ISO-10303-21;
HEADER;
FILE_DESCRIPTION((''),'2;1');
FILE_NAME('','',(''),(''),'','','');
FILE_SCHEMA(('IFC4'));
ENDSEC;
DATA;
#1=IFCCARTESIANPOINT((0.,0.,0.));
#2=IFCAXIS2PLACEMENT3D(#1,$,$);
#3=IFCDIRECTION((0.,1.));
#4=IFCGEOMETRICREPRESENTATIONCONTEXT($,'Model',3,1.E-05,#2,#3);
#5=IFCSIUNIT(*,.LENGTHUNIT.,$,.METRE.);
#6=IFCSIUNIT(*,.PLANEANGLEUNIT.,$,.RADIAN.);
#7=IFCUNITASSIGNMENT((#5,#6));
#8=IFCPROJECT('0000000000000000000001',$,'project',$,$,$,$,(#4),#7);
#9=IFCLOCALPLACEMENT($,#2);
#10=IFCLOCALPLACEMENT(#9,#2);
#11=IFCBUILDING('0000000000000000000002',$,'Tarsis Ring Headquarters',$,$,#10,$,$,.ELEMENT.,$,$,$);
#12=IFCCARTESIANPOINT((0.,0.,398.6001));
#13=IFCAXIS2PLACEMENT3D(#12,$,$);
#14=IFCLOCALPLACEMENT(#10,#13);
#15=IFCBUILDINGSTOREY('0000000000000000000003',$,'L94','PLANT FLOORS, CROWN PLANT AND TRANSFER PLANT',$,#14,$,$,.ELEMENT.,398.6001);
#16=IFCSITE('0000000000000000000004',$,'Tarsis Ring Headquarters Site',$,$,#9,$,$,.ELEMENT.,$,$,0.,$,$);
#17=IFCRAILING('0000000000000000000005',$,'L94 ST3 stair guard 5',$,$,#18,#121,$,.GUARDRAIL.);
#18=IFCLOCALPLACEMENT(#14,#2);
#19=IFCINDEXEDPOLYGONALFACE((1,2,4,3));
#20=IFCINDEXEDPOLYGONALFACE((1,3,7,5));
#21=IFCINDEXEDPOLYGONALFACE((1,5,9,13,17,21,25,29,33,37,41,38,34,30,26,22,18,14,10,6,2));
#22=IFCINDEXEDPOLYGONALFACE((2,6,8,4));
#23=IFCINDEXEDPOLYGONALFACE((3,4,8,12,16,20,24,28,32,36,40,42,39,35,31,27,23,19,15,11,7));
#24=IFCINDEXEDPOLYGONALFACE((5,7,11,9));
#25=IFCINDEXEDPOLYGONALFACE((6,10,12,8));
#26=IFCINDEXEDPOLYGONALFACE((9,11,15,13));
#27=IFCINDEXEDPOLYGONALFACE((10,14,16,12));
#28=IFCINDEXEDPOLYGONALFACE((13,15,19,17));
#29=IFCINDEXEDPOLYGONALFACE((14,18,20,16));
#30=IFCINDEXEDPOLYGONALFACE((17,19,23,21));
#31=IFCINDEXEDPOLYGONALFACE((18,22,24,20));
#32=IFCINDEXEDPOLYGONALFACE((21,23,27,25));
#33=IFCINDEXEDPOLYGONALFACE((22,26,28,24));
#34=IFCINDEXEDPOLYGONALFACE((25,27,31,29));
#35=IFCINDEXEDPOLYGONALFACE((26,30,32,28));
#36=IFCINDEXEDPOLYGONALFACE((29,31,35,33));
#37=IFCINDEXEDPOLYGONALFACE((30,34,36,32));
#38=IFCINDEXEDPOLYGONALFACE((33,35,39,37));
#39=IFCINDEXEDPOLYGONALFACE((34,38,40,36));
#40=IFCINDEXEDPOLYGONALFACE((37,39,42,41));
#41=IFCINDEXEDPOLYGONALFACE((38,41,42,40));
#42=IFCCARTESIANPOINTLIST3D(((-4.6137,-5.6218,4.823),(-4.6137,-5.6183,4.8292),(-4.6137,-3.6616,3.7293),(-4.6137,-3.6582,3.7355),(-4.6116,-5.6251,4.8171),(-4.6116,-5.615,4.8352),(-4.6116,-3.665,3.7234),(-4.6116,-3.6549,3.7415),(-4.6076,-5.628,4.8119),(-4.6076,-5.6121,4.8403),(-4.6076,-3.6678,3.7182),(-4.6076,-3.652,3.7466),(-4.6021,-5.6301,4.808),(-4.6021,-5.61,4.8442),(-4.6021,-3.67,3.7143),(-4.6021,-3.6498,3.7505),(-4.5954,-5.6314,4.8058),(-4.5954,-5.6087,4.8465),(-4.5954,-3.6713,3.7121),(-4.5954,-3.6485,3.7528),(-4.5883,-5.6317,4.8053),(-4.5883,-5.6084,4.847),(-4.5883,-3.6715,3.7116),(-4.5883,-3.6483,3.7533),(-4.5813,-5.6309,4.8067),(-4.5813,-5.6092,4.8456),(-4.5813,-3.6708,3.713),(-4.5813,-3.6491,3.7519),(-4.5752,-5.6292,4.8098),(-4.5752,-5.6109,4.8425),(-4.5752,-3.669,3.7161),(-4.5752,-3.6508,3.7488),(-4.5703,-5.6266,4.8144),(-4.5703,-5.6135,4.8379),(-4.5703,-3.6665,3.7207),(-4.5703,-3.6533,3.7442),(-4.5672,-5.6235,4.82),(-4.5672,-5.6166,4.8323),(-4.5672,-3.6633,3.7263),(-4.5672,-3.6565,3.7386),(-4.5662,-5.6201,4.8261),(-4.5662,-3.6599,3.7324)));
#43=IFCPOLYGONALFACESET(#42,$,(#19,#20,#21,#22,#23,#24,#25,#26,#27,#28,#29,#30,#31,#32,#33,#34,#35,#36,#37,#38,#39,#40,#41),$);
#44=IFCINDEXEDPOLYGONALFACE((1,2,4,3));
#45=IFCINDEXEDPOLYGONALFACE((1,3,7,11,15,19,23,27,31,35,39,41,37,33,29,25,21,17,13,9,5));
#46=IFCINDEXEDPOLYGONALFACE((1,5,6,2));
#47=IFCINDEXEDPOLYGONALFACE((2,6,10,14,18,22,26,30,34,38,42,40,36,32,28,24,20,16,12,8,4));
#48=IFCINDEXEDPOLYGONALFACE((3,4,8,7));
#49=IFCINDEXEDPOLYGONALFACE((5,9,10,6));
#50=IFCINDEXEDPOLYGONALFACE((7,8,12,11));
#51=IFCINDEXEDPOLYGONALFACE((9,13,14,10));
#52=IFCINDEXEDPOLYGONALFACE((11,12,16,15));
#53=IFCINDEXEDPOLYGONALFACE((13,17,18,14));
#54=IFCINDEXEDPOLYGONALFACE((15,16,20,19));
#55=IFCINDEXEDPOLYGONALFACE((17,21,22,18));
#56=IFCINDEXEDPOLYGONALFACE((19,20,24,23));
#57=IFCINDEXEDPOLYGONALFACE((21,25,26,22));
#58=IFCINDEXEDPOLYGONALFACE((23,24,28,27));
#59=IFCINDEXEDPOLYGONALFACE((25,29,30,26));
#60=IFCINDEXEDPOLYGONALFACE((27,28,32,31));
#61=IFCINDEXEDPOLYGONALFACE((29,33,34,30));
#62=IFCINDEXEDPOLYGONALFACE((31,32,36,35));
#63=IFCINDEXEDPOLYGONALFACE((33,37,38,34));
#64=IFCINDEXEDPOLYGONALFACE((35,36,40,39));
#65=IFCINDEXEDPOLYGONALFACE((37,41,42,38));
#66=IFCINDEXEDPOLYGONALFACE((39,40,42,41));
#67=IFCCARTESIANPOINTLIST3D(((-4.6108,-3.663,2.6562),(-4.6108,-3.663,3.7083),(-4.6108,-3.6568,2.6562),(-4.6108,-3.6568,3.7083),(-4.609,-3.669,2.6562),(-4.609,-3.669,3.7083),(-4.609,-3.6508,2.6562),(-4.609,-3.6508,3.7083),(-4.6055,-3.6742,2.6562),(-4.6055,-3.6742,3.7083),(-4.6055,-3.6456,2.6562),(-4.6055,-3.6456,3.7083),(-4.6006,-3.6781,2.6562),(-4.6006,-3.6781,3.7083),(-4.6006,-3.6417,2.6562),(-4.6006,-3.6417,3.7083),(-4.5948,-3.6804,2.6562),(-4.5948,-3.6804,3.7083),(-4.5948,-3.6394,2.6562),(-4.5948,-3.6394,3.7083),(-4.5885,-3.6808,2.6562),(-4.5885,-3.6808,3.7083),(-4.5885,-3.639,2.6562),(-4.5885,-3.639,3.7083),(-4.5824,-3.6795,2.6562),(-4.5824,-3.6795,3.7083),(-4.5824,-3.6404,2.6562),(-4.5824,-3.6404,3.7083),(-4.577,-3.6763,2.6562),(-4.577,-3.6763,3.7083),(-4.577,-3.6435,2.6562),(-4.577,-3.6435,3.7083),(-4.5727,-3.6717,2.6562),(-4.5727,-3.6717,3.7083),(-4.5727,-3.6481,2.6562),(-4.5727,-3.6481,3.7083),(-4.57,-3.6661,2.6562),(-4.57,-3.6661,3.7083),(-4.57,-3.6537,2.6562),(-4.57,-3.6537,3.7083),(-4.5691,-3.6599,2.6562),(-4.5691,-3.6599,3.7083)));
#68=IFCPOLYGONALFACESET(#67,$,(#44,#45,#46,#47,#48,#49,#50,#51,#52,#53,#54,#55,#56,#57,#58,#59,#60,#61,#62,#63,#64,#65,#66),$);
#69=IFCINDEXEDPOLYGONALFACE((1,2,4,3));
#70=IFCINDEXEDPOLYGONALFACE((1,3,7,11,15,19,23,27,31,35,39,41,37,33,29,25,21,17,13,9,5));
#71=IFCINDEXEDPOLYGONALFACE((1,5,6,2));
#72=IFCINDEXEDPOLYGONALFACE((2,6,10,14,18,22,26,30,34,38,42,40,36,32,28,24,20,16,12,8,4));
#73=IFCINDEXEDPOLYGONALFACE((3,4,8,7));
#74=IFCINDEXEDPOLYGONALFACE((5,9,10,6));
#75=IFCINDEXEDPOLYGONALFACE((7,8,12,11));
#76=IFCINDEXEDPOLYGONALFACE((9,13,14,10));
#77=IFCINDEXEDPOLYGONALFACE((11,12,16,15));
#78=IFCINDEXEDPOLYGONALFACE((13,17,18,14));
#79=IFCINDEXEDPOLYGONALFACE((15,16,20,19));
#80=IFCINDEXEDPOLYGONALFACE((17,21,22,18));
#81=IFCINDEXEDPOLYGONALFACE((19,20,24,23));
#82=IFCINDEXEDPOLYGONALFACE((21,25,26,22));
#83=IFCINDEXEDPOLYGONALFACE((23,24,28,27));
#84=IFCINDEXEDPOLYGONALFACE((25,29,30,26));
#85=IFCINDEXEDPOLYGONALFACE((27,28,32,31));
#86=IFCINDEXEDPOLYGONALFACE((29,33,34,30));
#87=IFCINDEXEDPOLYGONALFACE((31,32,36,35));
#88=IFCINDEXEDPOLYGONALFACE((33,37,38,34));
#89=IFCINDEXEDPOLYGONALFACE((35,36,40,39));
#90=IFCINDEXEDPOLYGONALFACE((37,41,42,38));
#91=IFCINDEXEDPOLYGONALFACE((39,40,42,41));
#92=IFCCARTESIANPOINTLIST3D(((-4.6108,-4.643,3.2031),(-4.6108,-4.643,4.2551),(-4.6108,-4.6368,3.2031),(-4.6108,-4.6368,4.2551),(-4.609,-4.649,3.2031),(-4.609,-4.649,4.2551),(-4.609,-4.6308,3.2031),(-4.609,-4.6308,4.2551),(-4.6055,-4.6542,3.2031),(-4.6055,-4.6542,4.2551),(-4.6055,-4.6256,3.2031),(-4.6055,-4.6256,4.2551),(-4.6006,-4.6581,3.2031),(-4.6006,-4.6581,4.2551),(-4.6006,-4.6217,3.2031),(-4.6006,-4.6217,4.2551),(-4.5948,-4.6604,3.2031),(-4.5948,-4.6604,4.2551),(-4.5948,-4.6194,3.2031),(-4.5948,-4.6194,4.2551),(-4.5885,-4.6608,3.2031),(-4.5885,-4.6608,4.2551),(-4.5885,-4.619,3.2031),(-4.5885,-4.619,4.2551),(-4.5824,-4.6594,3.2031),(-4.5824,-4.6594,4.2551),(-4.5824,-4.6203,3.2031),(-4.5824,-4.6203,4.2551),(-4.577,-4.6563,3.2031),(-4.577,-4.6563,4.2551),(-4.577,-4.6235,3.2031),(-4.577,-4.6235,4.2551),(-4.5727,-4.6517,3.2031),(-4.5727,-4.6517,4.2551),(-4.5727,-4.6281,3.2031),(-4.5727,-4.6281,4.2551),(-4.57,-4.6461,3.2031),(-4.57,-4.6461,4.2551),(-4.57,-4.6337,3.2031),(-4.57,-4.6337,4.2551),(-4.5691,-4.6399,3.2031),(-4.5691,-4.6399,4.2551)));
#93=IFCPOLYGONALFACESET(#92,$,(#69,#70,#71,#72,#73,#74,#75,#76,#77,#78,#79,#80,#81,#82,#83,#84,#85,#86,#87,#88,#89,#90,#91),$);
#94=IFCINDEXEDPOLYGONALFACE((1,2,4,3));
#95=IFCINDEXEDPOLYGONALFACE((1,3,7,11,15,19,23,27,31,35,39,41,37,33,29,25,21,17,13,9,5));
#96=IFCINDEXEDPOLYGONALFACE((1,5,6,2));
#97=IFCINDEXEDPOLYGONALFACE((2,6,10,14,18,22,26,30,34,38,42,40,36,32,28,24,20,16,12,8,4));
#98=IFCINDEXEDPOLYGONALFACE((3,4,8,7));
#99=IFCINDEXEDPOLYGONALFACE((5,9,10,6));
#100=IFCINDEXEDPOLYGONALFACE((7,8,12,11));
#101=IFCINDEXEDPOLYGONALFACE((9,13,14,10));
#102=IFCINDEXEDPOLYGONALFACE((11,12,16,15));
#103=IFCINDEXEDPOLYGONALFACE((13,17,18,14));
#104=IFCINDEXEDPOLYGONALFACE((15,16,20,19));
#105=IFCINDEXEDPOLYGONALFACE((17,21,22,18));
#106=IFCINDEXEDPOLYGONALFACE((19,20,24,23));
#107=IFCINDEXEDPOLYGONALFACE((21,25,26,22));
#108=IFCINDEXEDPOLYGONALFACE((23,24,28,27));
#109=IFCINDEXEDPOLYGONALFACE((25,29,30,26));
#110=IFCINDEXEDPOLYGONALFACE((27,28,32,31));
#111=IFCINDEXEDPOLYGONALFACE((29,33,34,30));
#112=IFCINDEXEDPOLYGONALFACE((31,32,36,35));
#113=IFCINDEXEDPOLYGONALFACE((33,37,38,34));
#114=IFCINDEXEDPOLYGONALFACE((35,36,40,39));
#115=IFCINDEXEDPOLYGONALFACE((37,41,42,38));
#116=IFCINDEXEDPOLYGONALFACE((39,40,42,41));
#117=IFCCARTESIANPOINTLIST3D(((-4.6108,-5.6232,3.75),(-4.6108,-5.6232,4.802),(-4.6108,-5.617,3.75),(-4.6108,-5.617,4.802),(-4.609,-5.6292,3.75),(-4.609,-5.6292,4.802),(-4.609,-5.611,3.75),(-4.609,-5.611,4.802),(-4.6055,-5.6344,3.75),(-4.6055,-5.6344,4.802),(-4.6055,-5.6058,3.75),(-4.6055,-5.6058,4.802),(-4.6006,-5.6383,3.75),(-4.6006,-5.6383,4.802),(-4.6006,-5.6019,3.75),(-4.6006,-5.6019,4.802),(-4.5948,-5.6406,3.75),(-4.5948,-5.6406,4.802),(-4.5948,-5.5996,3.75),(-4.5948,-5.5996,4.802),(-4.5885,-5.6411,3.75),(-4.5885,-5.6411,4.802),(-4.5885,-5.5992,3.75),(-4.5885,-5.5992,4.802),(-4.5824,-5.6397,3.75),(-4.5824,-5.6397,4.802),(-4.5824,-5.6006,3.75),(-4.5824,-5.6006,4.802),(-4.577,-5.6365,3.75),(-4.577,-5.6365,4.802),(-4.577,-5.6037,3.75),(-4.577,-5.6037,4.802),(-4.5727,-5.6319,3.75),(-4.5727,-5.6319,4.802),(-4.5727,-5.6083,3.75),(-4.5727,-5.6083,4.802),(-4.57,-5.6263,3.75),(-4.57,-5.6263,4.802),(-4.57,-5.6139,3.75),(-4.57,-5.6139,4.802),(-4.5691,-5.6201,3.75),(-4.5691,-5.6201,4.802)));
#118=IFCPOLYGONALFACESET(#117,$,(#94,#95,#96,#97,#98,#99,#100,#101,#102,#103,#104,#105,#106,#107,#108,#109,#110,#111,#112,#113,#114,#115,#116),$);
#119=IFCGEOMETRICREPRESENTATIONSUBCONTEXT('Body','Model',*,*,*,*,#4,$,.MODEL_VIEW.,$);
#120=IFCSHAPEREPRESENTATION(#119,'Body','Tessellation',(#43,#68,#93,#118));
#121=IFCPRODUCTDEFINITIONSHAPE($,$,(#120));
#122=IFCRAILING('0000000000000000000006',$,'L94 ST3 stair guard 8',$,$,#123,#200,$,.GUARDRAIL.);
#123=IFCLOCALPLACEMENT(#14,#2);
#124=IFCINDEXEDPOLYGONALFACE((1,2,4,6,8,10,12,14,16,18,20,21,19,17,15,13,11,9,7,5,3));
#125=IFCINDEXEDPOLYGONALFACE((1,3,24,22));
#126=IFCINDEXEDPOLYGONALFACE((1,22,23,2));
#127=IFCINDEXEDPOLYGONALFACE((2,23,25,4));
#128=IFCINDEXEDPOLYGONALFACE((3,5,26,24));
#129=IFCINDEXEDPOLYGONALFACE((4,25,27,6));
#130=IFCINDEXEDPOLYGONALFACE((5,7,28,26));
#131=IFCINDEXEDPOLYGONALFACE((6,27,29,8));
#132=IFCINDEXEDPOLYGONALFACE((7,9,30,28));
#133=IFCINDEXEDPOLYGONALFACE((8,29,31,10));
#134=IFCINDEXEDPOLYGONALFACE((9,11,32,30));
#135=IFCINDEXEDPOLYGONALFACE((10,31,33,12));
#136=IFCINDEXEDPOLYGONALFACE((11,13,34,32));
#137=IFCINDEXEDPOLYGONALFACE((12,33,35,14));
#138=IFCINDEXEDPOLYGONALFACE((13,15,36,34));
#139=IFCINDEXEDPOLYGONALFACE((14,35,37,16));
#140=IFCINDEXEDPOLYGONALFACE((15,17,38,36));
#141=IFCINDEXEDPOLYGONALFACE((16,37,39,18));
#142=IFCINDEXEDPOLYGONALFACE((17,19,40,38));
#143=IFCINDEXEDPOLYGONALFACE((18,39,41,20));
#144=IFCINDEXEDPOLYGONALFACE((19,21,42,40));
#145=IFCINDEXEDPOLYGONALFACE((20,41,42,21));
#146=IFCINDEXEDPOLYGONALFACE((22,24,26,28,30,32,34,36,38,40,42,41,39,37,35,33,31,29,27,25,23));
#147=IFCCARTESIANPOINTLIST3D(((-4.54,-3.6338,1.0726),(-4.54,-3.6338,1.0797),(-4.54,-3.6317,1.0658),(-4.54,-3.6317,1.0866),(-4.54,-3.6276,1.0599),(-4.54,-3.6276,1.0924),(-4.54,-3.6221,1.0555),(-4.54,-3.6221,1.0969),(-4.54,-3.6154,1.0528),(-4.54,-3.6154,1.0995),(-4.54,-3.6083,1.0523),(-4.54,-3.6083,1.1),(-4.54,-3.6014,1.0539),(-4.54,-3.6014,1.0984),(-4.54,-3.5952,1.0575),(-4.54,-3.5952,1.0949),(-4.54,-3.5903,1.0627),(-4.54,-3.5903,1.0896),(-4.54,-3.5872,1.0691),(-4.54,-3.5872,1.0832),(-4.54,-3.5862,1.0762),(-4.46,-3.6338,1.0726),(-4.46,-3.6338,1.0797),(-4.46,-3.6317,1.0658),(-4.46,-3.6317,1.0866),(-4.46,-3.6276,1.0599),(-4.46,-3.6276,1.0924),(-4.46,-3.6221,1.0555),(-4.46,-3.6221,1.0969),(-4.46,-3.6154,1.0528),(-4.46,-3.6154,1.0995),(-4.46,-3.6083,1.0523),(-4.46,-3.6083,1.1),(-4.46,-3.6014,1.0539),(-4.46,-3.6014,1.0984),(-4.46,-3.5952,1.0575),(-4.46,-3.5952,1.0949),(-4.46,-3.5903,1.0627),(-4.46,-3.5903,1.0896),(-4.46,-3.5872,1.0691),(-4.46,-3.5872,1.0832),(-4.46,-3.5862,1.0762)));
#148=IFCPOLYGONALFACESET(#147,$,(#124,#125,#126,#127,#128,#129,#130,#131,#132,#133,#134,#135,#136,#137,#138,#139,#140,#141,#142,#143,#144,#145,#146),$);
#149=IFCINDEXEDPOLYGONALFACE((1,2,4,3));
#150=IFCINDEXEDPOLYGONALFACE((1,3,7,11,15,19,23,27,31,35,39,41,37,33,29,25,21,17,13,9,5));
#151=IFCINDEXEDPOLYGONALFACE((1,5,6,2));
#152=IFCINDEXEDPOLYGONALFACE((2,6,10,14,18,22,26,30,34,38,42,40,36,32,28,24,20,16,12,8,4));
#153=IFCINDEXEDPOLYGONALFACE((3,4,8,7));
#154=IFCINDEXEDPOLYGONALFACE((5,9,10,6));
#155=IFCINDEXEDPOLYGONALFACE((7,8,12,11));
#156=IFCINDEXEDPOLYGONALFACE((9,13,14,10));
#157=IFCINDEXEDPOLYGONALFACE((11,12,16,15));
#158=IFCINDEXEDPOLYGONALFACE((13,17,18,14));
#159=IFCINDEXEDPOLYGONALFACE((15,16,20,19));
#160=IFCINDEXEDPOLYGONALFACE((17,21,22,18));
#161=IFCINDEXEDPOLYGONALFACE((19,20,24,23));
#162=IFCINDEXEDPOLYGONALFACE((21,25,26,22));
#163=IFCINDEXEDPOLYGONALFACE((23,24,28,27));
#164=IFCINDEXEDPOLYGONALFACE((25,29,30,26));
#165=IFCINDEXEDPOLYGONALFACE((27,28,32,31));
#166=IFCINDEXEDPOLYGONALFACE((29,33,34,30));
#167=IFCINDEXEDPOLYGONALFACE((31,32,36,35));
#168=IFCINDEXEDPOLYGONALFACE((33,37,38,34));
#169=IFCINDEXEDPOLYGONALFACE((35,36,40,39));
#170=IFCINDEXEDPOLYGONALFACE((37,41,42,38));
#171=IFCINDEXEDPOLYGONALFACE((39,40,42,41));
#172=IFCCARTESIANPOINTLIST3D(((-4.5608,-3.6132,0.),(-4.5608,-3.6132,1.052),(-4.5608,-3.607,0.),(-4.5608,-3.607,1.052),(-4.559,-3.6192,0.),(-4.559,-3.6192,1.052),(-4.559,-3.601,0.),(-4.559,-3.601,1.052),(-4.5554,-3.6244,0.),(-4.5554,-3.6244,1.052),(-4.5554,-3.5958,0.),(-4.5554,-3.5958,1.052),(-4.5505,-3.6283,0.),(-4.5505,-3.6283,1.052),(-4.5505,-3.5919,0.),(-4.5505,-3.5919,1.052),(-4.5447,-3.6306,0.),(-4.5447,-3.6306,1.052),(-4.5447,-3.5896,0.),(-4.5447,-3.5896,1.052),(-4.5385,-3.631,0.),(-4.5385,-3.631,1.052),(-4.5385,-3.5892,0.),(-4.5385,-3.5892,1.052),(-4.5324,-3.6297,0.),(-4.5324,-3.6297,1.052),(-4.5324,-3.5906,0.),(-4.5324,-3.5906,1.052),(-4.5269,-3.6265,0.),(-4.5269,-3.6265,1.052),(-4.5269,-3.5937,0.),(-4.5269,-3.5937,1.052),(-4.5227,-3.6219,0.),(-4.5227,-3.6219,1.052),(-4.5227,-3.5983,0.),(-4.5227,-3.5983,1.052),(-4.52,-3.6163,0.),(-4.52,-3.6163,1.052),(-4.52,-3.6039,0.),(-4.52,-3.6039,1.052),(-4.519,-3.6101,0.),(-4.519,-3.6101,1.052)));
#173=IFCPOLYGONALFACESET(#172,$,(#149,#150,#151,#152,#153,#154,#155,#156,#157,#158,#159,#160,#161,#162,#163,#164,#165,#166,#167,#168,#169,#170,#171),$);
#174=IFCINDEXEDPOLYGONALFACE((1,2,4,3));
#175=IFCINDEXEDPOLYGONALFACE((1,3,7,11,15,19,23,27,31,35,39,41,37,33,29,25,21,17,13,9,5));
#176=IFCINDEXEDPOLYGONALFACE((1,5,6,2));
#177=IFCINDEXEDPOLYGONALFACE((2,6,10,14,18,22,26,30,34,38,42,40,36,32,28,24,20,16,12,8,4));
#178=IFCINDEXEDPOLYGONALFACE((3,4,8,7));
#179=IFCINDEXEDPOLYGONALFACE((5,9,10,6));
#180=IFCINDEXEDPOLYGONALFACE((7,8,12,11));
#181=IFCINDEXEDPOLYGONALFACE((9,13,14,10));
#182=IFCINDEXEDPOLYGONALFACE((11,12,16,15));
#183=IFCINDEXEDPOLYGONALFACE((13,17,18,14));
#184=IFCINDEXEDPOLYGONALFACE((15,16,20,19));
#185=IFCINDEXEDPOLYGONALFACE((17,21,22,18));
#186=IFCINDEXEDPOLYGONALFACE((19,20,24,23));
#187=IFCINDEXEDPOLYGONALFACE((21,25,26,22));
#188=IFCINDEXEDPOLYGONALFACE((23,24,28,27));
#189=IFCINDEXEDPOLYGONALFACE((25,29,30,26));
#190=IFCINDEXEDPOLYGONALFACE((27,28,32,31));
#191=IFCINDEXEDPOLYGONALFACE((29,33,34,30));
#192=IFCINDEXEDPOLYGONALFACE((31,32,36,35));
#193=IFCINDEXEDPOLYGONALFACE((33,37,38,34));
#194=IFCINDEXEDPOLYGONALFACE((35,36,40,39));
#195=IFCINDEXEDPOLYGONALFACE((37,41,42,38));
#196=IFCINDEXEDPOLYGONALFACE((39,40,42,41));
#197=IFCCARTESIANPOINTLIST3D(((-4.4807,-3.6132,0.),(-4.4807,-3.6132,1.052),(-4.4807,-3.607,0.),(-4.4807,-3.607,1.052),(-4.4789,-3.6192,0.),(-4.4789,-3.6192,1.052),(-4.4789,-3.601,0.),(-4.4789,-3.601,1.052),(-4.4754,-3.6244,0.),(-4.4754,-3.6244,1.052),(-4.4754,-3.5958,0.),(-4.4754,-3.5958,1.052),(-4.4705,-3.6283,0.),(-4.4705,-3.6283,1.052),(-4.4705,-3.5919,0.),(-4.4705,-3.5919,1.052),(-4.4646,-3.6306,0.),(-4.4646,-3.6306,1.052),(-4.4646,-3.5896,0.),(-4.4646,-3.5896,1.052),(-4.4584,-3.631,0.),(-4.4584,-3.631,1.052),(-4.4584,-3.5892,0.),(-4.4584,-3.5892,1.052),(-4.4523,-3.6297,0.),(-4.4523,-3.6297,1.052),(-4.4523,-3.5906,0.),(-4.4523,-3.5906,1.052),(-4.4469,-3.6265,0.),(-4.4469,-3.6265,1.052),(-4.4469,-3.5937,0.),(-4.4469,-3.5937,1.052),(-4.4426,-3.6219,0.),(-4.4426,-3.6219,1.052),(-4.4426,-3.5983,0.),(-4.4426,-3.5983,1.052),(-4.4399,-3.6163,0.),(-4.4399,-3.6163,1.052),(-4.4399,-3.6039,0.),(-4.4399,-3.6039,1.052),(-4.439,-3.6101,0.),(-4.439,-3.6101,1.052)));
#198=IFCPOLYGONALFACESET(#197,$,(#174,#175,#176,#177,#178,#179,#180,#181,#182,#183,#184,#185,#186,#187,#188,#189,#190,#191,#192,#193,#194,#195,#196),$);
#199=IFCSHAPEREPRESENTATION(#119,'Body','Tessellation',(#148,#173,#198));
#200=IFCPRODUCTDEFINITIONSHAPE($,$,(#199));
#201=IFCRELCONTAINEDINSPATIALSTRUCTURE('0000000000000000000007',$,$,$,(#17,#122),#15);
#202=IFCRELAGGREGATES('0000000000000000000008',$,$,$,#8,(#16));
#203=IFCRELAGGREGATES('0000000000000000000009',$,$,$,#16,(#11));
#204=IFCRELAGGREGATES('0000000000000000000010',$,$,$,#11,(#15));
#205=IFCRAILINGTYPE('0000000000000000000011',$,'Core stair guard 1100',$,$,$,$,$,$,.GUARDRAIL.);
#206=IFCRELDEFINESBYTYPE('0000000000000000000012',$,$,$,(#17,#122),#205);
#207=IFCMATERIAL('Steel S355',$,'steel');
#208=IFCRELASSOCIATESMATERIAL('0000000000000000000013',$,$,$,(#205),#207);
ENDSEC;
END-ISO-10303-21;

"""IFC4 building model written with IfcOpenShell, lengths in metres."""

from ifc_helpers import new_model, si_unit, direction, frame, origin, origin_2d, place, context, subcontext, project, spatial, circle, extrude, material, type_object, element, save


model = new_model("IFC4")

# Units and contexts
model_context = context("Model", 3, precision=1e-05, world=origin(), true_north=direction((0.0, 1.0)))
body_context = subcontext(model_context, "Body", "Model", "MODEL_VIEW")
ifc_project = project(units=[si_unit("LENGTHUNIT", "METRE"), si_unit("PLANEANGLEUNIT", "RADIAN")], contexts=[model_context])

# Site, building, storey
site_placement = place(None, origin())
site = spatial("IfcSite", under=ifc_project, at=site_placement, Name="Tarsis Ring Headquarters Site", CompositionType="ELEMENT", RefElevation=0.0)
building_placement = place(site_placement, origin())
building = spatial("IfcBuilding", under=site, at=building_placement, Name="Tarsis Ring Headquarters", CompositionType="ELEMENT")
storey_placement = place(building_placement, frame((0.0, 0.0, 398.6001)))
storey = spatial("IfcBuildingStorey", under=building, at=storey_placement, Name="L94", Description="PLANT FLOORS, CROWN PLANT AND TRANSFER PLANT", CompositionType="ELEMENT", Elevation=398.6001)

# Shared definitions
ifc_material_1 = material(Name="Steel S355", Category="steel")

# Railings
railing_type_1 = type_object("IfcRailingType", Name="Core stair guard 1100", PredefinedType="GUARDRAIL", material=ifc_material_1)
railing_1_placement = place(storey_placement, frame((-4.5901, -3.6599, 2.6562)))
element("IfcRailing", 1, at=railing_1_placement, inside=storey, type_object=railing_type_1, Name="L94 ST3 stair guard 5", PredefinedType="GUARDRAIL", context=body_context, shape_type="SweptSolid", body=[
    extrude(circle(Radius=0.0239, at=origin_2d()), frame((0.0, 0.0, 1.0762), z_axis=(0.0, -0.873258, 0.487258), x_axis=(1.0, 0.0, 0.0)), (0.0, 0.0, 1.0), 2.2446),
    extrude(circle(Radius=0.021, at=origin_2d()), origin(), (0.0, 0.0, 1.0), 1.052),
    extrude(circle(Radius=0.021, at=origin_2d()), frame((0.0, -0.98, 0.5469)), (0.0, 0.0, 1.0), 1.052),
    extrude(circle(Radius=0.021, at=origin_2d()), frame((0.0, -1.9602, 1.0938)), (0.0, 0.0, 1.0), 1.052),
])
railing_2_placement = place(storey_placement, frame((-4.54, -3.6101, 0.0)))
element("IfcRailing", 2, at=railing_2_placement, inside=storey, type_object=railing_type_1, Name="L94 ST3 stair guard 8", PredefinedType="GUARDRAIL", context=body_context, shape_type="SweptSolid", body=[
    extrude(circle(Radius=0.0239, at=origin_2d()), frame((0.0, 0.0, 1.0762), z_axis=(1.0, 0.0, 0.0), x_axis=(0.0, 1.0, 0.0)), (0.0, 0.0, 1.0), 0.0801),
    extrude(circle(Radius=0.021, at=origin_2d()), origin(), (0.0, 0.0, 1.0), 1.052),
    extrude(circle(Radius=0.021, at=origin_2d()), frame((0.0801, 0.0, 0.0)), (0.0, 0.0, 1.0), 1.052),
])

save(model, "model.ifc")
